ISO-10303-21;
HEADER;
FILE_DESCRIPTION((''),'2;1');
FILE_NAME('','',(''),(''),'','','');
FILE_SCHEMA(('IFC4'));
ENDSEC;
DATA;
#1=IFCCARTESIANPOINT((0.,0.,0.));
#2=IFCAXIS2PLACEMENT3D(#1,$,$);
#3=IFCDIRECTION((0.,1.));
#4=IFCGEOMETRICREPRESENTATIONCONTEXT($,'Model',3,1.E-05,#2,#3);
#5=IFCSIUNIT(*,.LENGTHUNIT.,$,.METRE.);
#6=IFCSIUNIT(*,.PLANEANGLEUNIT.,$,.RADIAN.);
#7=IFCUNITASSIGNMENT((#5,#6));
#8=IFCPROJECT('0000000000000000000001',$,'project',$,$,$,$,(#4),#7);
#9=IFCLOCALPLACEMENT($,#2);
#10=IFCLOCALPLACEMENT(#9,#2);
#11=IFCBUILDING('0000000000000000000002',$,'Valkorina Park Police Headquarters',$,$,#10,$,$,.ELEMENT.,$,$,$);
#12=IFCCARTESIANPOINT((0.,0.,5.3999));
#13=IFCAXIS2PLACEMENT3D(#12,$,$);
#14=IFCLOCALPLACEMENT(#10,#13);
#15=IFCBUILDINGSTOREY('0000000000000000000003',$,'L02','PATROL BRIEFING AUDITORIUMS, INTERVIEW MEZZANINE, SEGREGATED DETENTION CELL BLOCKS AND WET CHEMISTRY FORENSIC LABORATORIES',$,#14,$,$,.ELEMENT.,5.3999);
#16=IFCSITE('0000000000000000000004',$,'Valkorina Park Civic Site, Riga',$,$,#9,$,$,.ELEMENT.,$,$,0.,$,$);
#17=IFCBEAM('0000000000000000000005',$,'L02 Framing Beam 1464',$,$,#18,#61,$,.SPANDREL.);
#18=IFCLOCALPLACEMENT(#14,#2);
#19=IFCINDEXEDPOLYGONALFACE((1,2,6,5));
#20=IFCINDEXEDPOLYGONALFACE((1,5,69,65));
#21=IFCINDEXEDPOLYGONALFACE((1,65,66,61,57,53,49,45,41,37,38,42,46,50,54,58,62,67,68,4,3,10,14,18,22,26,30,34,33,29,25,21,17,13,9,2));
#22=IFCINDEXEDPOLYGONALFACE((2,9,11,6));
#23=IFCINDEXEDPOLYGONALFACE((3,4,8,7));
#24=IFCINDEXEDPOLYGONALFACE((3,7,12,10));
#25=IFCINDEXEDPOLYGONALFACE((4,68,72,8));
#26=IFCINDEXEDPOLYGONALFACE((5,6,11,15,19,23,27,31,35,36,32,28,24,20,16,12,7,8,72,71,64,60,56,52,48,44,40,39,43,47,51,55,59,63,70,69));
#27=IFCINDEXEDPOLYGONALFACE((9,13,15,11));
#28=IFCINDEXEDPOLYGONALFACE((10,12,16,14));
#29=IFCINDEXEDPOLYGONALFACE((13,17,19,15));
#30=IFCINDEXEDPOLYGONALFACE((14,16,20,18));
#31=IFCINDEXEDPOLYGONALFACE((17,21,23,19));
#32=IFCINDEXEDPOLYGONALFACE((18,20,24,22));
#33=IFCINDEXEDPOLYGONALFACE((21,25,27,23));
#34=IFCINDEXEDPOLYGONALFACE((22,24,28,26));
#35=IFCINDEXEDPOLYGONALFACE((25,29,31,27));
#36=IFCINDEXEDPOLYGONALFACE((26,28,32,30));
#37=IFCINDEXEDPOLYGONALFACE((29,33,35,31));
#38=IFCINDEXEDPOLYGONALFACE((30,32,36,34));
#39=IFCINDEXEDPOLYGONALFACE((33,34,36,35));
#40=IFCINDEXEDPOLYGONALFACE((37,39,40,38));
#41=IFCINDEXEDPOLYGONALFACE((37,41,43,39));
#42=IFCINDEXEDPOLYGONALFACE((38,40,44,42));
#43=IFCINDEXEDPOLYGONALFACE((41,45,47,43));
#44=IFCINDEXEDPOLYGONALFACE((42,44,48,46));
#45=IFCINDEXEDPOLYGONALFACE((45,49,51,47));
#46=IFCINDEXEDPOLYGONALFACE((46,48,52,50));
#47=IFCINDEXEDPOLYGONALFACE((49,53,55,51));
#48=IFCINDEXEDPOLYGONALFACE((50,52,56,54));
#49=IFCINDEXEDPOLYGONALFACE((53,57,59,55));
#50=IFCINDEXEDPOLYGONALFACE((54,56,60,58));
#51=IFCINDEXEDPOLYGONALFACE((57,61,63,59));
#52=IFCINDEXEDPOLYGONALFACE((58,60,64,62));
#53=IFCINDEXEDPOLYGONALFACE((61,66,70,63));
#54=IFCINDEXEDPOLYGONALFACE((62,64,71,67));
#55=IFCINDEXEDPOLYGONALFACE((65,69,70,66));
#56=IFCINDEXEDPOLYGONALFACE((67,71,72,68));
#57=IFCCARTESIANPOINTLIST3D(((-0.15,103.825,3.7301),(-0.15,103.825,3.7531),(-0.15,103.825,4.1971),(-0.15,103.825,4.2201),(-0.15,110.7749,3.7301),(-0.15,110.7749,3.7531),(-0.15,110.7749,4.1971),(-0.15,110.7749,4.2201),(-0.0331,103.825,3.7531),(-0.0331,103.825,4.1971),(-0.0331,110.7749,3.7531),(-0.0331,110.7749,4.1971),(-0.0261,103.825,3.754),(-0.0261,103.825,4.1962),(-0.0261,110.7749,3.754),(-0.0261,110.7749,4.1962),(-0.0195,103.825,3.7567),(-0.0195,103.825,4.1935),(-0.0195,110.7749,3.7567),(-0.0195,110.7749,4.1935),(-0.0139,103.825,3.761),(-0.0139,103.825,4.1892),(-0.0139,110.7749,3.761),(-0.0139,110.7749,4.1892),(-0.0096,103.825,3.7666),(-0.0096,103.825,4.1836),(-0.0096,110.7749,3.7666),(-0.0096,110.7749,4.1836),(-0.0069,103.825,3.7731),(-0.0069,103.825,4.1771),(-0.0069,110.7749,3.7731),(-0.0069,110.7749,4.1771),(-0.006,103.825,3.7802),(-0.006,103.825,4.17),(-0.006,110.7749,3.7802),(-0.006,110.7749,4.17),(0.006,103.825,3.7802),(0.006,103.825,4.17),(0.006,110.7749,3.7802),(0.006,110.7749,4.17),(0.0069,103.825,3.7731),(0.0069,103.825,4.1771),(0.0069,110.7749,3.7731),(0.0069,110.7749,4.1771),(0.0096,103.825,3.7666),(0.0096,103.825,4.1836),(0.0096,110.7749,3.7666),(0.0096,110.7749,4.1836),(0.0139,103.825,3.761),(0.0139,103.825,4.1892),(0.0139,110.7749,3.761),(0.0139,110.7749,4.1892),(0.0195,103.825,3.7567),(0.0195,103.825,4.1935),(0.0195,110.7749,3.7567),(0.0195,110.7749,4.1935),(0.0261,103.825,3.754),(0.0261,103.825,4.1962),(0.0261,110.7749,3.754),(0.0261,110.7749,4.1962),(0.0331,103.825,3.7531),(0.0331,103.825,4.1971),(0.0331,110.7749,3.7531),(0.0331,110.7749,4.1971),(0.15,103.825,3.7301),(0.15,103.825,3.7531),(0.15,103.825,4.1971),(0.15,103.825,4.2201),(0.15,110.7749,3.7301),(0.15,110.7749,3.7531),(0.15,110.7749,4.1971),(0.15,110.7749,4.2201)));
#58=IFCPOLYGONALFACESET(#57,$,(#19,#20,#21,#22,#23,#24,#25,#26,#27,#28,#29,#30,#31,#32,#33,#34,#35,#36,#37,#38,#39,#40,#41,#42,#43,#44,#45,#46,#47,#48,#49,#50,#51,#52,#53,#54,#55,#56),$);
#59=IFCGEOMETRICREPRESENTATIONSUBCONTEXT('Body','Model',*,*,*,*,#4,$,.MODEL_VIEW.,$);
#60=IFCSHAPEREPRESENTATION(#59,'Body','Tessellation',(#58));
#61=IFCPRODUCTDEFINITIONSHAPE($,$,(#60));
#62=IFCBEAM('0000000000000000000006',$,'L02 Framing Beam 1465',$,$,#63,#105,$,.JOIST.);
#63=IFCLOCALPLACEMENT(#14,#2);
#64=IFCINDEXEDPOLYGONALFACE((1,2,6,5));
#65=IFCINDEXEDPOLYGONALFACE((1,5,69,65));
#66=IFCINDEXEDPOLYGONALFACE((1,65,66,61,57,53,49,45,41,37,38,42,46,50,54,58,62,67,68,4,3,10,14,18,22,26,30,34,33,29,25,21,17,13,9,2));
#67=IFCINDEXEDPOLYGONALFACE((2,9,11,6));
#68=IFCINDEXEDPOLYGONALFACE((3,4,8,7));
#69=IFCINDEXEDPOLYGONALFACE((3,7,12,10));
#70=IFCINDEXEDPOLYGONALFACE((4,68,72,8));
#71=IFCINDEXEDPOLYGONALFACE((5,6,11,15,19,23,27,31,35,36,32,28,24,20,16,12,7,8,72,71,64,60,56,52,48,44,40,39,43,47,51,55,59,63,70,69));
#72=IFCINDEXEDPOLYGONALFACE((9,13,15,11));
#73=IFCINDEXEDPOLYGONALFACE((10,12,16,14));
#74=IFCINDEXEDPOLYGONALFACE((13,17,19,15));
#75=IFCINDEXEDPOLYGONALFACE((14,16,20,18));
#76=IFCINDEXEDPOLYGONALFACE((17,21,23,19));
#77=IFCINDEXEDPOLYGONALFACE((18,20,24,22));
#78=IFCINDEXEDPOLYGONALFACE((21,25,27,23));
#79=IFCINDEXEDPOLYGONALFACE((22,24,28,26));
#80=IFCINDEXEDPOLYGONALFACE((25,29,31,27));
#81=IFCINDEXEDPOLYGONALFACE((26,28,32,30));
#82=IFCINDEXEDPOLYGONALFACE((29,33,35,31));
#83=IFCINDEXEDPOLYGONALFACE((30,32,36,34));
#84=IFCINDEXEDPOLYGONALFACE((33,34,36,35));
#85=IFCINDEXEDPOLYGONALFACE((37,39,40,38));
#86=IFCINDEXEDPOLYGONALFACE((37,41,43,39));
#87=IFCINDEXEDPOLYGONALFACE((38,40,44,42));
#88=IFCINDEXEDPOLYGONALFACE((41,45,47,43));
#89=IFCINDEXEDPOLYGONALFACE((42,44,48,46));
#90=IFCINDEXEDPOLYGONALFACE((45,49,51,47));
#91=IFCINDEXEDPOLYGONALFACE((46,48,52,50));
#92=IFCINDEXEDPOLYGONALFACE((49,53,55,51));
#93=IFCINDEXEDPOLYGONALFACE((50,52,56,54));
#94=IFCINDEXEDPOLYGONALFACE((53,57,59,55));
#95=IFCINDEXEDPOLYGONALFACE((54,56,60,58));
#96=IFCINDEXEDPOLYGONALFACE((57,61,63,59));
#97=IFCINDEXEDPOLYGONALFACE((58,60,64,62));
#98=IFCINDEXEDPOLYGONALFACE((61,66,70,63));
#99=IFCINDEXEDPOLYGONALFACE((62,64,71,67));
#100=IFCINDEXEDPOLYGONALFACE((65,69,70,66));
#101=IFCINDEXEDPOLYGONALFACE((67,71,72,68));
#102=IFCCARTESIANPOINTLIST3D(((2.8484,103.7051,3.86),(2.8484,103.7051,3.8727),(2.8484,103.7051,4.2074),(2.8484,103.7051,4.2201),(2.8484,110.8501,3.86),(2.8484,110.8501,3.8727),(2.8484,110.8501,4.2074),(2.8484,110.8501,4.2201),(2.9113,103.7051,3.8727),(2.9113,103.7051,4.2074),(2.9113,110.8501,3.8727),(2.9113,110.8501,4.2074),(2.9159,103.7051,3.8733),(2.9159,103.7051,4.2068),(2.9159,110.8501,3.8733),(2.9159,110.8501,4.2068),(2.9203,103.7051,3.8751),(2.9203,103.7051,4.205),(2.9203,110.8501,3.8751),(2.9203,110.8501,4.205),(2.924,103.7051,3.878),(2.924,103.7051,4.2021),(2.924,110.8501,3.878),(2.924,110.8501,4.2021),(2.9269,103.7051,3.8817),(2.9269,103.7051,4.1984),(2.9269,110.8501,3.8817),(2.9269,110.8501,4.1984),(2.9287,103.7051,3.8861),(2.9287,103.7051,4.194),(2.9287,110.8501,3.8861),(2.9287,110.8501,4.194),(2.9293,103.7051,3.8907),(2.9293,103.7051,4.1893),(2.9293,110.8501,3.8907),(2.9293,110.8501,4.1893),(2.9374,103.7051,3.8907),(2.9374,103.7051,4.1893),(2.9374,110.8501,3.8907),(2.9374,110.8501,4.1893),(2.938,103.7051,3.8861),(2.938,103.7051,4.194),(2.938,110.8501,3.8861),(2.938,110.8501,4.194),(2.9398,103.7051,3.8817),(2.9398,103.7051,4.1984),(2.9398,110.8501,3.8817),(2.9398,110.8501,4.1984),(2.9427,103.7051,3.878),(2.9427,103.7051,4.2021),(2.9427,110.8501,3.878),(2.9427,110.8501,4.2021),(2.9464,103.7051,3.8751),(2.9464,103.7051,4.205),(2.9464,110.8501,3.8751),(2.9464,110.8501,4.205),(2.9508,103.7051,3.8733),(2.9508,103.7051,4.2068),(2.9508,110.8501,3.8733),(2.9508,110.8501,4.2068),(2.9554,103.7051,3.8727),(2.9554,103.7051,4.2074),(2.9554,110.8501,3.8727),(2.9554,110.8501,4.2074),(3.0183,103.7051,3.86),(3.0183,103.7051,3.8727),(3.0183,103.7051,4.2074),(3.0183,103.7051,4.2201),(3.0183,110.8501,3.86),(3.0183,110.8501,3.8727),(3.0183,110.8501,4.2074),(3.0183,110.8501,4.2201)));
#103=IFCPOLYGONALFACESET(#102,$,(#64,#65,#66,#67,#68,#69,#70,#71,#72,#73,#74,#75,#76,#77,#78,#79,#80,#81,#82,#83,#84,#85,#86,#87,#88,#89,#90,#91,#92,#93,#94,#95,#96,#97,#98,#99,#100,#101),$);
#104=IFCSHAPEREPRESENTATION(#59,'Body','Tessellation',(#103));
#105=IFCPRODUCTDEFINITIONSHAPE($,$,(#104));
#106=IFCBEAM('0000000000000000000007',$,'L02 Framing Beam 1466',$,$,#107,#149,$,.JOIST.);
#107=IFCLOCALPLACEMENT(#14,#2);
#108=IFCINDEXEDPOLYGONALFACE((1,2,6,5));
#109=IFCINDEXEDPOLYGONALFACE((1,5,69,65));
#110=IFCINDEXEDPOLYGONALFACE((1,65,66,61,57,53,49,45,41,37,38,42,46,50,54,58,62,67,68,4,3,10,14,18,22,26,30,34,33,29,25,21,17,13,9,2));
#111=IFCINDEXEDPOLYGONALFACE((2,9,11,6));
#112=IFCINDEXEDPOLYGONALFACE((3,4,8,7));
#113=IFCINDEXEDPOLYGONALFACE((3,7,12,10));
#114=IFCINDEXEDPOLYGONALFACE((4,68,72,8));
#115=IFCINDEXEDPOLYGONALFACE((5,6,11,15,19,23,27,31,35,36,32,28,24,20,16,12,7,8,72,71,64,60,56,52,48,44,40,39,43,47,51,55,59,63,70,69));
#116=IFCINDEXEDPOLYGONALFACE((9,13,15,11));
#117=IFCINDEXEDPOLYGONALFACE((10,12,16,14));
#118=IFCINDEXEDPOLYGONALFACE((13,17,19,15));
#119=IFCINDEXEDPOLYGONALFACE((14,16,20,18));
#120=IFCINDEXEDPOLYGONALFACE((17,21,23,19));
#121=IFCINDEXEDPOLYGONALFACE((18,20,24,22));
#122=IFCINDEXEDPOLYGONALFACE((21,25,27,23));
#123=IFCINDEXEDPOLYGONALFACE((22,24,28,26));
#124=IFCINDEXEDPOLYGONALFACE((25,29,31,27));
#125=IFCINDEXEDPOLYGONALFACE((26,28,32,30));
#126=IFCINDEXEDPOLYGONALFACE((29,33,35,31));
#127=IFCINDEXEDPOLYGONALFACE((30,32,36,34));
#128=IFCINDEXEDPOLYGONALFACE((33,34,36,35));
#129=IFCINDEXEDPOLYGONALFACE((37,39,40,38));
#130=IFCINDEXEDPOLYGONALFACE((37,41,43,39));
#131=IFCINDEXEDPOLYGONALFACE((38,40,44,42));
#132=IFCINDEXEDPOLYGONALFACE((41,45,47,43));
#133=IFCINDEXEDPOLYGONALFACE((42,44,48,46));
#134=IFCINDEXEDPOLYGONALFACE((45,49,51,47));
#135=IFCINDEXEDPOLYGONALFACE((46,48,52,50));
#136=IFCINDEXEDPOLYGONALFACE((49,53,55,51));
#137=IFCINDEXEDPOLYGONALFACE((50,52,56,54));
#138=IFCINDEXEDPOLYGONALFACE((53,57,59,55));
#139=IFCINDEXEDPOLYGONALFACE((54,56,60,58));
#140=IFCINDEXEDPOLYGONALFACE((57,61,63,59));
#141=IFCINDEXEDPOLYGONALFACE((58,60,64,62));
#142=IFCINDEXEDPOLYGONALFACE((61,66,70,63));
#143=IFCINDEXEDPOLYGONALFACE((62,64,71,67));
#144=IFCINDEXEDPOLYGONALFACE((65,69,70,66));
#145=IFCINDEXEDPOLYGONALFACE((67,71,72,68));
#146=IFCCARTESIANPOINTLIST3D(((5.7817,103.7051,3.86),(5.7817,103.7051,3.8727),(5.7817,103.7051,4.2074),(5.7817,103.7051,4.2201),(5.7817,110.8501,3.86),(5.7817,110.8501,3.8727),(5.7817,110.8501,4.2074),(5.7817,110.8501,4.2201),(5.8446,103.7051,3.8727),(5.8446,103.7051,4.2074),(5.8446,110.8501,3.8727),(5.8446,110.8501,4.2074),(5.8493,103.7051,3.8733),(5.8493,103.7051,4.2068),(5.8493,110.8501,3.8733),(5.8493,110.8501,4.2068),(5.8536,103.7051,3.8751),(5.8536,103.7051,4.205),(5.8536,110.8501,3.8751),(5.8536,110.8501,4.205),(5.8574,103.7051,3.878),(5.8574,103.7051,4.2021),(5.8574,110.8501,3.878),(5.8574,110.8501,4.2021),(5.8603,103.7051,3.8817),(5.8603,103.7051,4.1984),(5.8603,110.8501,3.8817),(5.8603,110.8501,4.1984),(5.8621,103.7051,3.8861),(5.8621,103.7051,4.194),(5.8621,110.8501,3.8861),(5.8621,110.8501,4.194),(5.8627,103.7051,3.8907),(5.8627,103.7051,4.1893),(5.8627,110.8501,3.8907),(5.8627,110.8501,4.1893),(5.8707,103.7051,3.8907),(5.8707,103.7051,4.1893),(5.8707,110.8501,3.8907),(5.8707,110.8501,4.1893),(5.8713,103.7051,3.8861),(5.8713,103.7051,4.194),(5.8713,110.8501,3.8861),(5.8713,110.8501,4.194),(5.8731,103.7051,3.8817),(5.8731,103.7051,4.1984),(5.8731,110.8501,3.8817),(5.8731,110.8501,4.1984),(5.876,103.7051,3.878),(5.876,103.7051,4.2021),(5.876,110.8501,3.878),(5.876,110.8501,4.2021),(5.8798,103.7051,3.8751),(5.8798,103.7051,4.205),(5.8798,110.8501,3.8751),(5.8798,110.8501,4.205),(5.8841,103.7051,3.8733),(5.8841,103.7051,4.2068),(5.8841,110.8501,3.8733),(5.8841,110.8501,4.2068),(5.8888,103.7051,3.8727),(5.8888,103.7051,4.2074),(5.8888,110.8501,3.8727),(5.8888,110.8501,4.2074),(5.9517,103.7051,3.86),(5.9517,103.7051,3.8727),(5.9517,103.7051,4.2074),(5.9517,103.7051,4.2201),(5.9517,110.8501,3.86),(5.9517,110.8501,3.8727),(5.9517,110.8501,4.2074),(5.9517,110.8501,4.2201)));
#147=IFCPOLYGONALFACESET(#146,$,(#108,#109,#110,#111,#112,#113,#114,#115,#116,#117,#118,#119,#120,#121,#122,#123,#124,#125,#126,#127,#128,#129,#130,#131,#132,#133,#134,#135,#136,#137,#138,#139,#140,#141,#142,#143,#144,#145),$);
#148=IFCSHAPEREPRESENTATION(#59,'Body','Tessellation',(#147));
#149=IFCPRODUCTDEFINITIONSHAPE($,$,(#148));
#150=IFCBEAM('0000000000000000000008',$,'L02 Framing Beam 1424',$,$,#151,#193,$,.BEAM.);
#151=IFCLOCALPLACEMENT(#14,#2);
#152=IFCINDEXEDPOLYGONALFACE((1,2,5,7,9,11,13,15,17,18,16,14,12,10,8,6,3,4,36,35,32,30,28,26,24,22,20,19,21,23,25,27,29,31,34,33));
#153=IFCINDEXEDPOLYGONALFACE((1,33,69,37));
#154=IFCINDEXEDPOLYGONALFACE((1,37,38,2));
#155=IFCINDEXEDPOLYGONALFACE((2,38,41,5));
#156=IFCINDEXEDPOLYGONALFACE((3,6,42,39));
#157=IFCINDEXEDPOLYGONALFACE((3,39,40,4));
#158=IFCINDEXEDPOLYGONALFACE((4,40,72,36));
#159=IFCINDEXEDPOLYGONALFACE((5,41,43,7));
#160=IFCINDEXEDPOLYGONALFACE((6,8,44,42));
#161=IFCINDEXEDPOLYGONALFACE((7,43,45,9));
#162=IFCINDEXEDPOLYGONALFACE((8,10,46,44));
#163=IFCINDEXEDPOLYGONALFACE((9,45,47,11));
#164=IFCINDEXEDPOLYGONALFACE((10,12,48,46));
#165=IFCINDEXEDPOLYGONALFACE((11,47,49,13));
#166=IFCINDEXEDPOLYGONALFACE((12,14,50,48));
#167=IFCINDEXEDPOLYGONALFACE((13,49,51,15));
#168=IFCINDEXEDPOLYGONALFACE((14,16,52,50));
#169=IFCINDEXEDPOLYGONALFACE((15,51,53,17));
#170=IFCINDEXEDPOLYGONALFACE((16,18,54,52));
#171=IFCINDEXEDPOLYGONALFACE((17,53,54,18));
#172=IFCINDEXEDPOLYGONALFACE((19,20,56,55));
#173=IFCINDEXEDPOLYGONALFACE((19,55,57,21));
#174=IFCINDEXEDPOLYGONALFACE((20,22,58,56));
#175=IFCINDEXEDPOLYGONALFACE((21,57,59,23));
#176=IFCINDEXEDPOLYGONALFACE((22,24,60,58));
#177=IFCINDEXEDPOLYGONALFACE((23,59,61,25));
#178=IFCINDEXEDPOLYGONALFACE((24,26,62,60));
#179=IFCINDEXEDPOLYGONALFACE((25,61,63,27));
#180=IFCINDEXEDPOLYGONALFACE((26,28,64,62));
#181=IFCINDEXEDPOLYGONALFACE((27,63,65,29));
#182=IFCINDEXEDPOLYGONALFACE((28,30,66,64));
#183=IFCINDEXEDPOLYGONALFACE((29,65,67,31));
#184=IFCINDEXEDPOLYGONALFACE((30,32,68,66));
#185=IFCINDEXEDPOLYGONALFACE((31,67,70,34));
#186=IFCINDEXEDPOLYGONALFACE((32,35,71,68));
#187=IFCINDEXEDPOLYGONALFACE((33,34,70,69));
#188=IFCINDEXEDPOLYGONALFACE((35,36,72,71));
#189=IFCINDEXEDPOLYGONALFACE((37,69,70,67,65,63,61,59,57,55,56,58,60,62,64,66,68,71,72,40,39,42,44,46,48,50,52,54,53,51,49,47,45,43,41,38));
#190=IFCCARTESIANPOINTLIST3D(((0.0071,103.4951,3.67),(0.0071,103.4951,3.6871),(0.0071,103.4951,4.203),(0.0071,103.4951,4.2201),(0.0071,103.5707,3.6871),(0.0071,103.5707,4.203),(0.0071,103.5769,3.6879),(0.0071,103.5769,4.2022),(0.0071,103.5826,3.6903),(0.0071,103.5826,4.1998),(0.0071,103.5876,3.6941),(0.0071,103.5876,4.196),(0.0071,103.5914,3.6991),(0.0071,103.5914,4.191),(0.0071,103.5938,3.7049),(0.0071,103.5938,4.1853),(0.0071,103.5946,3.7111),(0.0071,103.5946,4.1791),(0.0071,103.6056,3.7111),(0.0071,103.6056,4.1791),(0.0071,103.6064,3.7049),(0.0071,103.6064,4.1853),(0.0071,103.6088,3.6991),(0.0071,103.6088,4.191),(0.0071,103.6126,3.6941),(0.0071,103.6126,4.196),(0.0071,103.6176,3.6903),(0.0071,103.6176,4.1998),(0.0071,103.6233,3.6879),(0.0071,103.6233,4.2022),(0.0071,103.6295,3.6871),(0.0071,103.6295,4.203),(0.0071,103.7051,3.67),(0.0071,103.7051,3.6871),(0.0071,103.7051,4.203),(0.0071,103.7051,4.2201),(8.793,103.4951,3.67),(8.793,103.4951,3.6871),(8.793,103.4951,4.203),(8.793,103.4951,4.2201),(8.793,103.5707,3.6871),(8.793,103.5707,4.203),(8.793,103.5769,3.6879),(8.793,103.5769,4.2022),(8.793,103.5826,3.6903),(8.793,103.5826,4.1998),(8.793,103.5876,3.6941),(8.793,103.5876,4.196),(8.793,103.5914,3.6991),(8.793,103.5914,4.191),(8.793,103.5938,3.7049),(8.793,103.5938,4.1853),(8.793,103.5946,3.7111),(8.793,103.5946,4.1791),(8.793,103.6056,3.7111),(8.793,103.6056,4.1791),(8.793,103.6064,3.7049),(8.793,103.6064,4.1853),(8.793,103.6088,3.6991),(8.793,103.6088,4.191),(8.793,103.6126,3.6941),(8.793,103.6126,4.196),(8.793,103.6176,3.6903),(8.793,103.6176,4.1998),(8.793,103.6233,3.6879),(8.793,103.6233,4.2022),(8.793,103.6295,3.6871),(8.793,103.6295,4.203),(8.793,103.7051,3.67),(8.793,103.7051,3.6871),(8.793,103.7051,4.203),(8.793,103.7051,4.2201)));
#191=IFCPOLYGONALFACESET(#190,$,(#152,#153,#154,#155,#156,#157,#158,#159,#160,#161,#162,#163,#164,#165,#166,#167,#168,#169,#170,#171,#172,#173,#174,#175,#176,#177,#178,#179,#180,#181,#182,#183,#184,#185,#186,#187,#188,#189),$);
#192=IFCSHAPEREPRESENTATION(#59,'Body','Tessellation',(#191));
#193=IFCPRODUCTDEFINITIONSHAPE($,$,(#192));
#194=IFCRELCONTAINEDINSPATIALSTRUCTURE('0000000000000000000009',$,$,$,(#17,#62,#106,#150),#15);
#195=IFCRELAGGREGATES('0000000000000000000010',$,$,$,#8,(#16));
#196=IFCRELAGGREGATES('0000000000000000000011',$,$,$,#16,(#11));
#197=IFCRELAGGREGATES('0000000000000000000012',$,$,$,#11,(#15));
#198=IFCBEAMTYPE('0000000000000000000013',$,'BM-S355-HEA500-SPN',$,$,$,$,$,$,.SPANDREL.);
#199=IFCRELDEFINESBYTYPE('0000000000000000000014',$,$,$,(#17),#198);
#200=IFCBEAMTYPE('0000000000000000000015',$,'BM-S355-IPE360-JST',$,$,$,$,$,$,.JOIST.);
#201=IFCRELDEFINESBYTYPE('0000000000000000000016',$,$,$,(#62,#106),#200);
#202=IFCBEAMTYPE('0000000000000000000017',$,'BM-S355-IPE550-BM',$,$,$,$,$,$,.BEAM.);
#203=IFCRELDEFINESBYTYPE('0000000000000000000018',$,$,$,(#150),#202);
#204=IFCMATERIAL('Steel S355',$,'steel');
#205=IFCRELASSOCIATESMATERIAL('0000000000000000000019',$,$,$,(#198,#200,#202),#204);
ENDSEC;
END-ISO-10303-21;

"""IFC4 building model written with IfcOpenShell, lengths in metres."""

from ifc_helpers import new_model, si_unit, direction, frame, origin, origin_2d, place, context, subcontext, project, spatial, i_section, extrude, material, material_profile, profile_set, type_object, element, save


model = new_model("IFC4")

# Units and contexts
model_context = context("Model", 3, precision=1e-05, world=origin(), true_north=direction((0.0, 1.0)))
body_context = subcontext(model_context, "Body", "Model", "MODEL_VIEW")
ifc_project = project(units=[si_unit("LENGTHUNIT", "METRE"), si_unit("PLANEANGLEUNIT", "RADIAN")], contexts=[model_context])

# Site, building, storey
site_placement = place(None, origin())
site = spatial("IfcSite", under=ifc_project, at=site_placement, Name="Valkorina Park Civic Site, Riga", CompositionType="ELEMENT", RefElevation=0.0)
building_placement = place(site_placement, origin())
building = spatial("IfcBuilding", under=site, at=building_placement, Name="Valkorina Park Police Headquarters", CompositionType="ELEMENT")
storey_placement = place(building_placement, frame((0.0, 0.0, 5.3999)))
storey = spatial("IfcBuildingStorey", under=building, at=storey_placement, Name="L02", Description="PATROL BRIEFING AUDITORIUMS, INTERVIEW MEZZANINE, SEGREGATED DETENTION CELL BLOCKS AND WET CHEMISTRY FORENSIC LABORATORIES", CompositionType="ELEMENT", Elevation=5.3999)

# Shared definitions
ifc_material_1 = material(Name="Steel S355", Category="steel")

# Beams
ifc_material_profile_1 = material_profile(ifc_material_1, i_section(OverallWidth=0.3, OverallDepth=0.49, WebThickness=0.012, FlangeThickness=0.0229, FilletRadius=0.0271, at=origin_2d()), Name="HEA 500")
ifc_profile_set_1 = profile_set([ifc_material_profile_1], Name="Steel S355")
beam_type_1 = type_object("IfcBeamType", Name="BM-S355-HEA500-SPN", PredefinedType="SPANDREL", material=ifc_profile_set_1)
beam_1_placement = place(storey_placement, frame((0.0, 103.825, 3.9751), z_axis=(0.0, 1.0, 0.0), x_axis=(-1.0, 0.0, 0.0)))
element("IfcBeam", 1, at=beam_1_placement, inside=storey, type_object=beam_type_1, Name="L02 Framing Beam 1464", PredefinedType="SPANDREL", context=body_context, shape_type="SweptSolid", body=[
    extrude(i_section(OverallWidth=0.3, OverallDepth=0.49, WebThickness=0.012, FlangeThickness=0.0229, FilletRadius=0.0271, at=origin_2d()), origin(), (0.0, 0.0, 1.0), 6.95),
])
ifc_material_profile_2 = material_profile(ifc_material_1, i_section(OverallWidth=0.1699, OverallDepth=0.3601, WebThickness=0.0081, FlangeThickness=0.0127, FilletRadius=0.0181, at=origin_2d()), Name="IPE 360")
ifc_profile_set_2 = profile_set([ifc_material_profile_2], Name="Steel S355")
beam_type_2 = type_object("IfcBeamType", Name="BM-S355-IPE360-JST", PredefinedType="JOIST", material=ifc_profile_set_2)
for number, where, z_axis, x_axis, name in (
    (2, (2.9333, 103.7051, 4.04), (0.0, 1.0, 0.0), (-1.0, 0.0, 0.0), "L02 Framing Beam 1465"),
    (3, (5.8667, 103.7051, 4.04), (0.0, 1.0, 0.0), (-1.0, 0.0, 0.0), "L02 Framing Beam 1466"),
):
    element("IfcBeam", number, at=place(storey_placement, frame(where, z_axis=z_axis, x_axis=x_axis)), inside=storey, type_object=beam_type_2, Name=name, PredefinedType="JOIST", context=body_context, shape_type="SweptSolid", body=[
        extrude(i_section(OverallWidth=0.1699, OverallDepth=0.3601, WebThickness=0.0081, FlangeThickness=0.0127, FilletRadius=0.0181, at=origin_2d()), origin(), (0.0, 0.0, 1.0), 7.145),
    ])
ifc_material_profile_3 = material_profile(ifc_material_1, i_section(OverallWidth=0.21, OverallDepth=0.55, WebThickness=0.011, FlangeThickness=0.0171, FilletRadius=0.0239, at=origin_2d()), Name="IPE 550")
ifc_profile_set_3 = profile_set([ifc_material_profile_3], Name="Steel S355")
beam_type_3 = type_object("IfcBeamType", Name="BM-S355-IPE550-BM", PredefinedType="BEAM", material=ifc_profile_set_3)
beam_2_placement = place(storey_placement, frame((0.0071, 103.6001, 3.9451), z_axis=(1.0, 0.0, 0.0), x_axis=(0.0, 1.0, 0.0)))
element("IfcBeam", 4, at=beam_2_placement, inside=storey, type_object=beam_type_3, Name="L02 Framing Beam 1424", PredefinedType="BEAM", context=body_context, shape_type="SweptSolid", body=[
    extrude(i_section(OverallWidth=0.21, OverallDepth=0.55, WebThickness=0.011, FlangeThickness=0.0171, FilletRadius=0.0239, at=origin_2d()), origin(), (0.0, 0.0, 1.0), 8.7859),
])

save(model, "model.ifc")
